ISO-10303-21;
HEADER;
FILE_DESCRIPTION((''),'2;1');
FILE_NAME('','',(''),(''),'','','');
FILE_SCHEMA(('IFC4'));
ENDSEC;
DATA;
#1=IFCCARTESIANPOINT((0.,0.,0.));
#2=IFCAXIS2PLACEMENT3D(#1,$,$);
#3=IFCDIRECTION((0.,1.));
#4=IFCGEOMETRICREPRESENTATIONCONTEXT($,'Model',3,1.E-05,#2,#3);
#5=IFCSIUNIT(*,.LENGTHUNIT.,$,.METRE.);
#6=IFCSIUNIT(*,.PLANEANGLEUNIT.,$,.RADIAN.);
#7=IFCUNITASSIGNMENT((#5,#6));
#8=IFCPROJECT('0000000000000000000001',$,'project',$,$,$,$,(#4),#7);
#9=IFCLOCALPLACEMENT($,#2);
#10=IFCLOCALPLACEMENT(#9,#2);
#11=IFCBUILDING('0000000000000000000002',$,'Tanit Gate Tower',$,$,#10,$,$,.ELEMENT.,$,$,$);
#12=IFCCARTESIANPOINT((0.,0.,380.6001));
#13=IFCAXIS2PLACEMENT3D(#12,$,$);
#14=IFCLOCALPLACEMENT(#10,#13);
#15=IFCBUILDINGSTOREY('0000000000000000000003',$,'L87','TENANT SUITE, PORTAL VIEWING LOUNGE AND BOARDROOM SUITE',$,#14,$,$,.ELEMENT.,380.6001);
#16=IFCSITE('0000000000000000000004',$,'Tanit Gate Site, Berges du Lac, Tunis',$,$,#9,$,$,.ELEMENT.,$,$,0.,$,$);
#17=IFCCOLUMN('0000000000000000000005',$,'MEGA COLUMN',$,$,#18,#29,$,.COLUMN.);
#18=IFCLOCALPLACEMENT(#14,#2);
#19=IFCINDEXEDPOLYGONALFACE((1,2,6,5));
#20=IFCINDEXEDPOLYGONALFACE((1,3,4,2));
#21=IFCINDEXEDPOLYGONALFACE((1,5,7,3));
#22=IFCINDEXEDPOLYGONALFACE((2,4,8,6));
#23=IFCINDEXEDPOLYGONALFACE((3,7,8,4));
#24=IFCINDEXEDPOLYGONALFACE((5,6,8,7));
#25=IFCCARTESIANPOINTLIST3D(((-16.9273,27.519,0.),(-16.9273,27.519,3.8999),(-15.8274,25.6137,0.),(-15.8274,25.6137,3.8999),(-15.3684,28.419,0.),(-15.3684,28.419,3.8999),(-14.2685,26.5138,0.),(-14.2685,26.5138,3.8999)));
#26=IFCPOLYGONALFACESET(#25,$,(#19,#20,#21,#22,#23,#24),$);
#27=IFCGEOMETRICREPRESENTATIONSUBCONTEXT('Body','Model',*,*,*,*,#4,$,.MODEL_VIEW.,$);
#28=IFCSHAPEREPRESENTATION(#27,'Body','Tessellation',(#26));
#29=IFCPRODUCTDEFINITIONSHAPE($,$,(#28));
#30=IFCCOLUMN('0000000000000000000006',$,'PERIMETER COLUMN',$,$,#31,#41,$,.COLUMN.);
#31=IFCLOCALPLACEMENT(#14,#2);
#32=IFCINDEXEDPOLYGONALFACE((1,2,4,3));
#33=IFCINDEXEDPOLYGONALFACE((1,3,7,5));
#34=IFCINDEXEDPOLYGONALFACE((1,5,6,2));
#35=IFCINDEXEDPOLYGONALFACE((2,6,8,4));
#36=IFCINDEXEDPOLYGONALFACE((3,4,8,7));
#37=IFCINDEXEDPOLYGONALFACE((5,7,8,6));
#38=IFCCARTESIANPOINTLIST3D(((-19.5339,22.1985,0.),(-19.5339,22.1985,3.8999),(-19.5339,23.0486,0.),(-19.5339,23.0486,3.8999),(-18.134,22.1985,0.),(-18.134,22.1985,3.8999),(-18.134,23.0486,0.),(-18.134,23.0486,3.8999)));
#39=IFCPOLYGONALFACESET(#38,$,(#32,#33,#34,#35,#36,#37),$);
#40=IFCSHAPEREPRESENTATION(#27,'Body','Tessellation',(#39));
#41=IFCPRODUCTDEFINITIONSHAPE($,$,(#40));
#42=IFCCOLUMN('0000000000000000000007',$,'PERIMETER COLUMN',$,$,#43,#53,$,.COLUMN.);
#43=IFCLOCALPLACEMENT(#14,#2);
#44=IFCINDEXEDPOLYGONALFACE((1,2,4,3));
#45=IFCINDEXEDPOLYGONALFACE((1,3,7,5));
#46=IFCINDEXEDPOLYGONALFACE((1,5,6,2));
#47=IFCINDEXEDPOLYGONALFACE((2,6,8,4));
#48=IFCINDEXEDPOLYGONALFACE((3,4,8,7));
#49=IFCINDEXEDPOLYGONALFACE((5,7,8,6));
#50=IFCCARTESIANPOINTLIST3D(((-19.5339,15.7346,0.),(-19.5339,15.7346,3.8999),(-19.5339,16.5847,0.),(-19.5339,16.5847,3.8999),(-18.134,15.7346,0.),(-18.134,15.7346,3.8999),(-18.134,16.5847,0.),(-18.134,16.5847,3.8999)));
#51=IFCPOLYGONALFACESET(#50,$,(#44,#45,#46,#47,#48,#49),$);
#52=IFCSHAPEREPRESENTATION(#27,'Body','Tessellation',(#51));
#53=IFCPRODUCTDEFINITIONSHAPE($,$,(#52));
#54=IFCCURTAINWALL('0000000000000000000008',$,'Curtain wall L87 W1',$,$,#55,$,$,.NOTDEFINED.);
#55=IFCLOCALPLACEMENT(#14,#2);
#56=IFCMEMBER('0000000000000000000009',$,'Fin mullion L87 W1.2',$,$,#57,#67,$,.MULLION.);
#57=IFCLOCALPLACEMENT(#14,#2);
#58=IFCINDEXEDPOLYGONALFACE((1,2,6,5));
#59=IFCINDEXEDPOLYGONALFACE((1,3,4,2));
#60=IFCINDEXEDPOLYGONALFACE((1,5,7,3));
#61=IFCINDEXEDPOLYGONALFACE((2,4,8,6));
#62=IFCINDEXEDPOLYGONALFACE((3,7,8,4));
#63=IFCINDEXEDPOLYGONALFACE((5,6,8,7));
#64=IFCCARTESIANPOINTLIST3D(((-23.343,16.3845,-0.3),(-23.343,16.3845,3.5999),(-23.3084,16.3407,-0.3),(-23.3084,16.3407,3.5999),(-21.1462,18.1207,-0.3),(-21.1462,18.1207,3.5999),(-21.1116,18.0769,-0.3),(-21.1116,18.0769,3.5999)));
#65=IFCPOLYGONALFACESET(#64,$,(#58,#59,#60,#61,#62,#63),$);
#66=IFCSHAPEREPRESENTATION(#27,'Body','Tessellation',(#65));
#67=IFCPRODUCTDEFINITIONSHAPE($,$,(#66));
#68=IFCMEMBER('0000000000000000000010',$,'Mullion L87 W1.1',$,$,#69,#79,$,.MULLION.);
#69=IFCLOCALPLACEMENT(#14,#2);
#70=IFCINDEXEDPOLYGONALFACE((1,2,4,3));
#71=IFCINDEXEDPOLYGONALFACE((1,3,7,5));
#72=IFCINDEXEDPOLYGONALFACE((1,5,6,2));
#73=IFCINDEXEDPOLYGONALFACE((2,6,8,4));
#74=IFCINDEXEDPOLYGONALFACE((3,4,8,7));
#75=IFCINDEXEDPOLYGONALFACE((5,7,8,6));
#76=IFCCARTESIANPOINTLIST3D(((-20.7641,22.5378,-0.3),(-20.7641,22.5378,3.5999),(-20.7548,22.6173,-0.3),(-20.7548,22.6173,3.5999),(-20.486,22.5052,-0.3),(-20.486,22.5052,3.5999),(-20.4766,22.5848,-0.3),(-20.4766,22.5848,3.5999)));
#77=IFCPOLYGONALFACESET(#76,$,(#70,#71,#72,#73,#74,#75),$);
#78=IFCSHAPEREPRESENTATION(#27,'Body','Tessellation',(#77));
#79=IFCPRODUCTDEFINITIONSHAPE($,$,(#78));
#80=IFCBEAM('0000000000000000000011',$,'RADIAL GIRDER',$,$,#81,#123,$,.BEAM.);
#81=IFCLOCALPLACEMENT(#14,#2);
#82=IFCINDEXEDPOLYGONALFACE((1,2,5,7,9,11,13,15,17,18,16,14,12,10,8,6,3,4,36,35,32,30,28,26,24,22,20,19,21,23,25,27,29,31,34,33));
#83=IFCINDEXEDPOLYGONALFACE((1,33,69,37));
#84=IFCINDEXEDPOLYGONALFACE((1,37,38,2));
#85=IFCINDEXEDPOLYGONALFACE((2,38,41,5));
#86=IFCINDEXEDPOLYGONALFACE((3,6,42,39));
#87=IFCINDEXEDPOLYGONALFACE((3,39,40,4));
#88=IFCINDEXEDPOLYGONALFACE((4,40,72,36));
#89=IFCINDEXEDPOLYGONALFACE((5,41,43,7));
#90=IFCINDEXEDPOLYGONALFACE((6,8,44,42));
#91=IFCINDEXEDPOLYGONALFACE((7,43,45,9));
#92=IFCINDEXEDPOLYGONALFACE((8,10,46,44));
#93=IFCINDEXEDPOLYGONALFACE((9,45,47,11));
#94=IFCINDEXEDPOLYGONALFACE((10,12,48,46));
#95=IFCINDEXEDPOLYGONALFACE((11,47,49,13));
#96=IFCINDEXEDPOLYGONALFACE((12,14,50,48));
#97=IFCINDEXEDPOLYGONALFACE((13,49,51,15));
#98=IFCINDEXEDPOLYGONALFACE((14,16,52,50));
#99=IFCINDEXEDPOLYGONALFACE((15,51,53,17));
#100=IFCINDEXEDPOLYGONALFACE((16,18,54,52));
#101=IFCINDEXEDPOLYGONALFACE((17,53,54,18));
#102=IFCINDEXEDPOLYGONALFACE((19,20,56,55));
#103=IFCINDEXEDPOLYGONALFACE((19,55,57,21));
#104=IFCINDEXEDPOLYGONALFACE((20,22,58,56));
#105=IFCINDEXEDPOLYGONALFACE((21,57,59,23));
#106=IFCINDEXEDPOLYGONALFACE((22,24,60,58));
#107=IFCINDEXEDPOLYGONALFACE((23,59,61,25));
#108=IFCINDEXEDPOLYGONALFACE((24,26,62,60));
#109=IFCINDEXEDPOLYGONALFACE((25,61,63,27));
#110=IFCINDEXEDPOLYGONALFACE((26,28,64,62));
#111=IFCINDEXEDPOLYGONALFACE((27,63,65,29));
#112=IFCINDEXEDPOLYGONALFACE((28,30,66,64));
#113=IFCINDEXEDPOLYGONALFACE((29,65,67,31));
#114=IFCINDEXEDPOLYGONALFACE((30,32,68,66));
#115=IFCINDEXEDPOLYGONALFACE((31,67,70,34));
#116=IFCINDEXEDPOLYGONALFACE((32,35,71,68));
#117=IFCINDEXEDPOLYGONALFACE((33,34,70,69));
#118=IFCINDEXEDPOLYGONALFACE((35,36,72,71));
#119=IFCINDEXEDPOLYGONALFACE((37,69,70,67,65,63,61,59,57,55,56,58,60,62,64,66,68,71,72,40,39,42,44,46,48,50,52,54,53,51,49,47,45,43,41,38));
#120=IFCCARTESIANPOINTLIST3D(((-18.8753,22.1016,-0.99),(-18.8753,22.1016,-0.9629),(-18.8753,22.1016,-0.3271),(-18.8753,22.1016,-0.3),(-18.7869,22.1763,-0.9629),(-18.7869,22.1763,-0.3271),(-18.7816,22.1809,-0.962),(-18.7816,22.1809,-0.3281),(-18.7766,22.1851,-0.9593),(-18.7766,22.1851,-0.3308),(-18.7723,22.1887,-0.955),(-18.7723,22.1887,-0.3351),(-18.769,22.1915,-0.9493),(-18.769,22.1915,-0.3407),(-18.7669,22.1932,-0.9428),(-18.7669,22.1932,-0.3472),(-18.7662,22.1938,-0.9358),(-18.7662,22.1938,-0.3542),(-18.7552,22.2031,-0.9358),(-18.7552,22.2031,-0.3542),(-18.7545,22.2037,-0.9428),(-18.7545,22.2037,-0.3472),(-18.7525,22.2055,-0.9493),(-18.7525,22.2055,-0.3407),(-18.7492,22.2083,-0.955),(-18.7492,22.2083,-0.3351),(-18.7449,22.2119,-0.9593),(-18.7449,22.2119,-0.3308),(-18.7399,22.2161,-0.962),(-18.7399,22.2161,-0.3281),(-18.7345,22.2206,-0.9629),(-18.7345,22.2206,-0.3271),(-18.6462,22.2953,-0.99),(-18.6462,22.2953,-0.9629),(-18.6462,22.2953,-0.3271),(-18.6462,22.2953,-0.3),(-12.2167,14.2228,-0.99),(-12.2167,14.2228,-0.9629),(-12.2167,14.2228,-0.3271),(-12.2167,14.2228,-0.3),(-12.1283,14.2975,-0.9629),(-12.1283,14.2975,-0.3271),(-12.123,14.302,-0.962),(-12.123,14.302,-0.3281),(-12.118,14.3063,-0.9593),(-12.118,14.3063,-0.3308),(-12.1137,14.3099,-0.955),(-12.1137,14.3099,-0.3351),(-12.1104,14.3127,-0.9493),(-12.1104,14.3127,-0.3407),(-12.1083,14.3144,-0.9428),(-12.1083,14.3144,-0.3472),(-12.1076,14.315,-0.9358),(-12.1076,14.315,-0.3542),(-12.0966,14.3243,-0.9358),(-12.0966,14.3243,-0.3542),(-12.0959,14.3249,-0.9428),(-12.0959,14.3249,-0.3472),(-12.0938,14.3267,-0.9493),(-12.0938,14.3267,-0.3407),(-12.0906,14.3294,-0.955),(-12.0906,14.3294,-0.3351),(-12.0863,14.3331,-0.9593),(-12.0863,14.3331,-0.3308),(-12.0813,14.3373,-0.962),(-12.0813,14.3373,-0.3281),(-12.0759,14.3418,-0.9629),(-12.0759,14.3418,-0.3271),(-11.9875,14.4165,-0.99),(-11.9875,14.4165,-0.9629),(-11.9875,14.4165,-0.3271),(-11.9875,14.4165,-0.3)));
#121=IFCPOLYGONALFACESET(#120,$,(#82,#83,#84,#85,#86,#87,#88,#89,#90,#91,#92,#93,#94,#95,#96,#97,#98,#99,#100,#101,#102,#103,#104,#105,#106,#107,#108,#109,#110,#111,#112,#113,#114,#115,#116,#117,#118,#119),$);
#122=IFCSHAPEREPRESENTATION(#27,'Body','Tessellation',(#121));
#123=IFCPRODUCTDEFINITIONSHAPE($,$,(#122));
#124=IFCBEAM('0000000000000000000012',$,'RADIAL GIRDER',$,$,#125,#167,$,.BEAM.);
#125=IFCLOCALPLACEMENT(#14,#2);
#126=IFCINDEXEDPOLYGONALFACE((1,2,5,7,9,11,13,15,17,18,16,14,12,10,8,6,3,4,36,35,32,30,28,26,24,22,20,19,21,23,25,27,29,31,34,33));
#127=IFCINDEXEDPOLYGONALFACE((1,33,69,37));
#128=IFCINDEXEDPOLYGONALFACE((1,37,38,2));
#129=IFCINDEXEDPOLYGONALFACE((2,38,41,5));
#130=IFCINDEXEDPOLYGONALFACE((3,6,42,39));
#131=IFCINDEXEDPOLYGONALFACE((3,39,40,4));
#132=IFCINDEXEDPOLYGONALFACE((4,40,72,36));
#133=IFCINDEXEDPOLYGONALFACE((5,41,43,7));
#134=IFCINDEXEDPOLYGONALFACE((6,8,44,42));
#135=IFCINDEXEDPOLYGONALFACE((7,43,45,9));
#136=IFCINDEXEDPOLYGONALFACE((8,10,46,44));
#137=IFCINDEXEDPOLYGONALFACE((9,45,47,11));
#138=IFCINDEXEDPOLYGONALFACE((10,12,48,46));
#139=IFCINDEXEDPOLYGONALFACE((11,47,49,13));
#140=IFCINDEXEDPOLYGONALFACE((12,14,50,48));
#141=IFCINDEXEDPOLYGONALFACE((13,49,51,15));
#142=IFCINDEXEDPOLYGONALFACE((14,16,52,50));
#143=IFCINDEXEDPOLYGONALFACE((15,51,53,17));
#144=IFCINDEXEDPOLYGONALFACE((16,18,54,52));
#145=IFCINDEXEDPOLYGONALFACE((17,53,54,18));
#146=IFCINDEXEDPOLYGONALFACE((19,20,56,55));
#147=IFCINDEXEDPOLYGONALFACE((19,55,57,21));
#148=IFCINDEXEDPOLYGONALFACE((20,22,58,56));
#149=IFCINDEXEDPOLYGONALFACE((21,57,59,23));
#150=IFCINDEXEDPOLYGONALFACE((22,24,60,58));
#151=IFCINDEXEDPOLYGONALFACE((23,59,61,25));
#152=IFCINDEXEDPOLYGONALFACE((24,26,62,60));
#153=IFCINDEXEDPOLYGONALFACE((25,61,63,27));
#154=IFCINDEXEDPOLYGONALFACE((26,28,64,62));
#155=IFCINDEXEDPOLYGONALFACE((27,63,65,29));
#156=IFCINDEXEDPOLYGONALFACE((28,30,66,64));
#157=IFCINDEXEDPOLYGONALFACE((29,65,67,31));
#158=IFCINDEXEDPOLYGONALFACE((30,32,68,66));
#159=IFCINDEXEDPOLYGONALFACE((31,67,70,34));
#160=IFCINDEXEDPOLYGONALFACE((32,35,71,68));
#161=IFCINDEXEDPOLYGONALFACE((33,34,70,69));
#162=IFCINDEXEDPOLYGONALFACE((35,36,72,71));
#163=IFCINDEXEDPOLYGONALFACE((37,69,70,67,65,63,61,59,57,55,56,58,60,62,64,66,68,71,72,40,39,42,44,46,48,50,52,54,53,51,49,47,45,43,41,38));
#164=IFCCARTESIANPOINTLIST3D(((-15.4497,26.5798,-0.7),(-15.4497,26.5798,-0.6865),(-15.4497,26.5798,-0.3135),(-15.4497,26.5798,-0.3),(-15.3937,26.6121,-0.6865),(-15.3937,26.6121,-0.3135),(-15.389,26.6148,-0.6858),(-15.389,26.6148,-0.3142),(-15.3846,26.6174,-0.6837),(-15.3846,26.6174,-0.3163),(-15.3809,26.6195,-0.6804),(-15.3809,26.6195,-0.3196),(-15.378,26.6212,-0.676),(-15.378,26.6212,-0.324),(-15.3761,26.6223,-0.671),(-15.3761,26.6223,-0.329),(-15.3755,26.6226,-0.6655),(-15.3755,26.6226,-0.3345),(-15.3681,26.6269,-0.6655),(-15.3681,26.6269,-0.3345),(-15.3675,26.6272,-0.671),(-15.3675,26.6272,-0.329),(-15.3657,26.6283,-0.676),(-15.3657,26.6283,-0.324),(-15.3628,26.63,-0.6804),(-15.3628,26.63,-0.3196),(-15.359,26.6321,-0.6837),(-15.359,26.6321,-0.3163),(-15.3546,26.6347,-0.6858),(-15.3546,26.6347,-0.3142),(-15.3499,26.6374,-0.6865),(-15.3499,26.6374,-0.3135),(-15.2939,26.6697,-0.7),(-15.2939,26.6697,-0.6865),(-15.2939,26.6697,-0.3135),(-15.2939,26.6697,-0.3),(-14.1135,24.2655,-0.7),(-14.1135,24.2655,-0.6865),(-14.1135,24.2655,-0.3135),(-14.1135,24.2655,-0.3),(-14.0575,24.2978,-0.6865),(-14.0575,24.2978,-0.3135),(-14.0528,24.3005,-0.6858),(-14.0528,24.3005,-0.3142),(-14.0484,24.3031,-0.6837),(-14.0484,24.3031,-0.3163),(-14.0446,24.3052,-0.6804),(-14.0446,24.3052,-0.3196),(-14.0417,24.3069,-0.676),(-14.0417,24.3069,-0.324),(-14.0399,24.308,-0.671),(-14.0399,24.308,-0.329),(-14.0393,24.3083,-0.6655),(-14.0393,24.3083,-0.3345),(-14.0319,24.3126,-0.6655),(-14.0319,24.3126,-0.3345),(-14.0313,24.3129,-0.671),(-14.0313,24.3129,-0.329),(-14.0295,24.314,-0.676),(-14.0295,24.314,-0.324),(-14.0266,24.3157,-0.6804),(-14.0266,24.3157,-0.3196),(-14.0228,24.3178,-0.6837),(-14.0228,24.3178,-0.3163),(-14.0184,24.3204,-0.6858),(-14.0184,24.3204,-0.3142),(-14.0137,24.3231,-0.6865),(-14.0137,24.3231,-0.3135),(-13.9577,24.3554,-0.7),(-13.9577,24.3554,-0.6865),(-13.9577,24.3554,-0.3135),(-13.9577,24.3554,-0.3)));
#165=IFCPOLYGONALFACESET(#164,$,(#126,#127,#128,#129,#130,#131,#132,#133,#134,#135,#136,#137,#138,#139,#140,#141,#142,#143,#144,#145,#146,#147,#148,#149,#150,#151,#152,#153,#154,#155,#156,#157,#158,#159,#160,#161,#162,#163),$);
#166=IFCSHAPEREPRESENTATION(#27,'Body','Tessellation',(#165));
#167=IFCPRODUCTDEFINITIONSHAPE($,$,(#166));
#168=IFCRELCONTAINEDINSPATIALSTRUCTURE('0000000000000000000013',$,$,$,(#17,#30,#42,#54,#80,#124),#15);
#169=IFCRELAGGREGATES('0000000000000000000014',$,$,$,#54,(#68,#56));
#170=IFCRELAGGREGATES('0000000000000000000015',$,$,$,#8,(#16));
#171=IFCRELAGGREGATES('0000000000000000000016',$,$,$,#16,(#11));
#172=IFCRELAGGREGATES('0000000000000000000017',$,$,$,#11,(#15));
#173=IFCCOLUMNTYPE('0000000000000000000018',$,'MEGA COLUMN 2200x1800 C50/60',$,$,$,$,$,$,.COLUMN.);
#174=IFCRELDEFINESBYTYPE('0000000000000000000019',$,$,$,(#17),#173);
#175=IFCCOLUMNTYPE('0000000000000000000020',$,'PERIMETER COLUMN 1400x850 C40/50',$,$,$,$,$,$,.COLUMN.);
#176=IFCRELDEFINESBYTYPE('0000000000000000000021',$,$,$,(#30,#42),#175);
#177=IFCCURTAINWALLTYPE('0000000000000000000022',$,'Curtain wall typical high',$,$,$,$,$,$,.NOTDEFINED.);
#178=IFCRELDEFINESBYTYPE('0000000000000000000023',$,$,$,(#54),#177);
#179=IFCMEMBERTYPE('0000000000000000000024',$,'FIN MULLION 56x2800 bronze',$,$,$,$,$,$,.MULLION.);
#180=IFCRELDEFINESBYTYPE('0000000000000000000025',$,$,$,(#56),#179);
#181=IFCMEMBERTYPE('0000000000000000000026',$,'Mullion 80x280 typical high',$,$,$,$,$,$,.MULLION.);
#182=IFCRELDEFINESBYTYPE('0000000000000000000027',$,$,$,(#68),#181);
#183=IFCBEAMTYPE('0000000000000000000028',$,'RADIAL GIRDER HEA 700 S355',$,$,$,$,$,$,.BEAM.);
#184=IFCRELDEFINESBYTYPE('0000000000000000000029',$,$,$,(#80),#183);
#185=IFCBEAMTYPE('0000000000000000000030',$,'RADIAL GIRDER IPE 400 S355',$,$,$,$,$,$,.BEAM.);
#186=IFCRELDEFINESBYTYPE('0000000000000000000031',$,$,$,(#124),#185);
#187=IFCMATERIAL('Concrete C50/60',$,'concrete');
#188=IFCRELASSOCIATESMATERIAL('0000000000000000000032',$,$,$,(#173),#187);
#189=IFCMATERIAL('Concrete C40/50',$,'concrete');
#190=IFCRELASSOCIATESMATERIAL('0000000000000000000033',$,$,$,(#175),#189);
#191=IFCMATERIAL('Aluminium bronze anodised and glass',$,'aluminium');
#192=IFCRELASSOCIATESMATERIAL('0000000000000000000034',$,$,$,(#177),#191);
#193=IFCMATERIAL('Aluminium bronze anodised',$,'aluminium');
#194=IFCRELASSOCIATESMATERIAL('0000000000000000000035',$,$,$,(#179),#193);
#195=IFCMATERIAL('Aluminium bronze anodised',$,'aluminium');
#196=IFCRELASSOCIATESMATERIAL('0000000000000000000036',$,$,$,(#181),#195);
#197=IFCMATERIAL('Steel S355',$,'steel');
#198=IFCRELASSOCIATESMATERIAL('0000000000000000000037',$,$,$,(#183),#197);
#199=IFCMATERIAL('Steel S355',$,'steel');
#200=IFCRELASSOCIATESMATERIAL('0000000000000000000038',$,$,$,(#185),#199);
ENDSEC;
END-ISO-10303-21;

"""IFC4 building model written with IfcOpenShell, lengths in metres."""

from ifc_helpers import new_model, si_unit, direction, frame, origin, origin_2d, place, context, subcontext, project, spatial, rectangle, i_section, extrude, material, material_profile, profile_set, type_object, element, aggregate, save


model = new_model("IFC4")

# Units and contexts
model_context = context("Model", 3, precision=1e-05, world=origin(), true_north=direction((0.0, 1.0)))
body_context = subcontext(model_context, "Body", "Model", "MODEL_VIEW")
ifc_project = project(units=[si_unit("LENGTHUNIT", "METRE"), si_unit("PLANEANGLEUNIT", "RADIAN")], contexts=[model_context])

# Site, building, storey
site_placement = place(None, origin())
site = spatial("IfcSite", under=ifc_project, at=site_placement, Name="Tanit Gate Site, Berges du Lac, Tunis", CompositionType="ELEMENT", RefElevation=0.0)
building_placement = place(site_placement, origin())
building = spatial("IfcBuilding", under=site, at=building_placement, Name="Tanit Gate Tower", CompositionType="ELEMENT")
storey_placement = place(building_placement, frame((0.0, 0.0, 380.6001)))
storey = spatial("IfcBuildingStorey", under=building, at=storey_placement, Name="L87", Description="TENANT SUITE, PORTAL VIEWING LOUNGE AND BOARDROOM SUITE", CompositionType="ELEMENT", Elevation=380.6001)

# Columns
ifc_material_1 = material(Name="Concrete C50/60", Category="concrete")
ifc_material_profile_1 = material_profile(ifc_material_1, rectangle(XDim=2.2, YDim=1.8, at=origin_2d()), Name="RC 2200x1800")
ifc_profile_set_1 = profile_set([ifc_material_profile_1], Name="Concrete C50/60")
column_type_1 = type_object("IfcColumnType", Name="MEGA COLUMN 2200x1800 C50/60", PredefinedType="COLUMN", material=ifc_profile_set_1)
column_placement = place(storey_placement, frame((-15.5979, 27.0164, 0.0), z_axis=(0.0, 0.0, 1.0), x_axis=(-0.5, 0.866025, 0.0)))
element("IfcColumn", 1, at=column_placement, inside=storey, type_object=column_type_1, Name="MEGA COLUMN", PredefinedType="COLUMN", context=body_context, shape_type="SweptSolid", body=[
    extrude(rectangle(XDim=2.2, YDim=1.8, at=origin_2d()), origin(), (0.0, 0.0, 1.0), 3.8999),
])
ifc_material_2 = material(Name="Concrete C40/50", Category="concrete")
ifc_material_profile_2 = material_profile(ifc_material_2, rectangle(XDim=1.3999, YDim=0.8501, at=origin_2d()), Name="RC 1400x850")
ifc_profile_set_2 = profile_set([ifc_material_profile_2], Name="Concrete C40/50")
column_type_2 = type_object("IfcColumnType", Name="PERIMETER COLUMN 1400x850 C40/50", PredefinedType="COLUMN", material=ifc_profile_set_2)
for number, where, z_axis, x_axis, name in (
    (2, (-18.834, 22.6235, 0.0), (0.0, 0.0, 1.0), (-1.0, 0.0, 0.0), "PERIMETER COLUMN"),
    (3, (-18.834, 16.1597, 0.0), (0.0, 0.0, 1.0), (-1.0, 0.0, 0.0), "PERIMETER COLUMN"),
):
    element("IfcColumn", number, at=place(storey_placement, frame(where, z_axis=z_axis, x_axis=x_axis)), inside=storey, type_object=column_type_2, Name=name, PredefinedType="COLUMN", context=body_context, shape_type="SweptSolid", body=[
        extrude(rectangle(XDim=1.3999, YDim=0.8501, at=origin_2d()), origin(), (0.0, 0.0, 1.0), 3.8999),
    ])

# Curtain wall, members
ifc_material_3 = material(Name="Aluminium bronze anodised and glass", Category="aluminium")
curtain_wall_type = type_object("IfcCurtainWallType", Name="Curtain wall typical high", PredefinedType="NOTDEFINED", material=ifc_material_3)
curtain_wall_placement = place(storey_placement, origin())
curtain_wall = element("IfcCurtainWall", 4, at=curtain_wall_placement, inside=storey, type_object=curtain_wall_type, Name="Curtain wall L87 W1", PredefinedType="NOTDEFINED")
ifc_material_4 = material(Name="Aluminium bronze anodised", Category="aluminium")
ifc_material_profile_3 = material_profile(ifc_material_4, rectangle(XDim=2.8, YDim=0.0559, at=origin_2d()), Name="56x2800 bronze fin mullion")
ifc_profile_set_3 = profile_set([ifc_material_profile_3], Name="Aluminium bronze anodised")
member_type_1 = type_object("IfcMemberType", Name="FIN MULLION 56x2800 bronze", PredefinedType="MULLION", material=ifc_profile_set_3)
member_1_placement = place(storey_placement, frame((-22.2273, 17.2307, -0.3), z_axis=(0.0, 0.0, 1.0), x_axis=(0.784556, 0.620058, 0.0)))
member_1 = element("IfcMember", 5, at=member_1_placement, type_object=member_type_1, Name="Fin mullion L87 W1.2", PredefinedType="MULLION", context=body_context, shape_type="SweptSolid", body=[
    extrude(rectangle(XDim=2.8, YDim=0.0559, at=origin_2d()), origin(), (0.0, 0.0, 1.0), 3.8999),
])
ifc_material_5 = material(Name="Aluminium bronze anodised", Category="aluminium")
ifc_material_profile_4 = material_profile(ifc_material_5, rectangle(XDim=0.28, YDim=0.0801, at=origin_2d()), Name="80x280 bronze mullion")
ifc_profile_set_4 = profile_set([ifc_material_profile_4], Name="Aluminium bronze anodised")
member_type_2 = type_object("IfcMemberType", Name="Mullion 80x280 typical high", PredefinedType="MULLION", material=ifc_profile_set_4)
member_2_placement = place(storey_placement, frame((-20.6204, 22.5613, -0.3), z_axis=(0.0, 0.0, 1.0), x_axis=(0.993212, -0.116318, 0.0)))
member_2 = element("IfcMember", 6, at=member_2_placement, type_object=member_type_2, Name="Mullion L87 W1.1", PredefinedType="MULLION", context=body_context, shape_type="SweptSolid", body=[
    extrude(rectangle(XDim=0.28, YDim=0.0801, at=origin_2d()), origin(), (0.0, 0.0, 1.0), 3.8999),
])

# Beams
ifc_material_6 = material(Name="Steel S355", Category="steel")
ifc_material_profile_5 = material_profile(ifc_material_6, i_section(OverallWidth=0.3, OverallDepth=0.6899, WebThickness=0.0144, FlangeThickness=0.0271, FilletRadius=0.0271, at=origin_2d()), Name="HEA 700")
ifc_profile_set_5 = profile_set([ifc_material_profile_5], Name="Steel S355")
beam_type_1 = type_object("IfcBeamType", Name="RADIAL GIRDER HEA 700 S355", PredefinedType="BEAM", material=ifc_profile_set_5)
beam_1_placement = place(storey_placement, frame((-18.7607, 22.1985, -0.645), z_axis=(0.645486, -0.763772, 0.0), x_axis=(0.763772, 0.645486, 0.0)))
element("IfcBeam", 7, at=beam_1_placement, inside=storey, type_object=beam_type_1, Name="RADIAL GIRDER", PredefinedType="BEAM", context=body_context, shape_type="SweptSolid", body=[
    extrude(i_section(OverallWidth=0.3, OverallDepth=0.6899, WebThickness=0.0144, FlangeThickness=0.0271, FilletRadius=0.0271, at=origin_2d()), origin(), (0.0, 0.0, 1.0), 10.3157),
])
ifc_material_7 = material(Name="Steel S355", Category="steel")
ifc_material_profile_6 = material_profile(ifc_material_7, i_section(OverallWidth=0.1799, OverallDepth=0.3999, WebThickness=0.0085, FlangeThickness=0.0134, FilletRadius=0.021, at=origin_2d()), Name="IPE 400")
ifc_profile_set_6 = profile_set([ifc_material_profile_6], Name="Steel S355")
beam_type_2 = type_object("IfcBeamType", Name="RADIAL GIRDER IPE 400 S355", PredefinedType="BEAM", material=ifc_profile_set_6)
beam_2_placement = place(storey_placement, frame((-15.3718, 26.6248, -0.5), z_axis=(0.50002, -0.866014, 0.0), x_axis=(0.866014, 0.50002, 0.0)))
element("IfcBeam", 8, at=beam_2_placement, inside=storey, type_object=beam_type_2, Name="RADIAL GIRDER", PredefinedType="BEAM", context=body_context, shape_type="SweptSolid", body=[
    extrude(i_section(OverallWidth=0.1799, OverallDepth=0.3999, WebThickness=0.0085, FlangeThickness=0.0134, FilletRadius=0.021, at=origin_2d()), origin(), (0.0, 0.0, 1.0), 2.6724),
])

aggregate(curtain_wall, [member_2, member_1])

save(model, "model.ifc")
